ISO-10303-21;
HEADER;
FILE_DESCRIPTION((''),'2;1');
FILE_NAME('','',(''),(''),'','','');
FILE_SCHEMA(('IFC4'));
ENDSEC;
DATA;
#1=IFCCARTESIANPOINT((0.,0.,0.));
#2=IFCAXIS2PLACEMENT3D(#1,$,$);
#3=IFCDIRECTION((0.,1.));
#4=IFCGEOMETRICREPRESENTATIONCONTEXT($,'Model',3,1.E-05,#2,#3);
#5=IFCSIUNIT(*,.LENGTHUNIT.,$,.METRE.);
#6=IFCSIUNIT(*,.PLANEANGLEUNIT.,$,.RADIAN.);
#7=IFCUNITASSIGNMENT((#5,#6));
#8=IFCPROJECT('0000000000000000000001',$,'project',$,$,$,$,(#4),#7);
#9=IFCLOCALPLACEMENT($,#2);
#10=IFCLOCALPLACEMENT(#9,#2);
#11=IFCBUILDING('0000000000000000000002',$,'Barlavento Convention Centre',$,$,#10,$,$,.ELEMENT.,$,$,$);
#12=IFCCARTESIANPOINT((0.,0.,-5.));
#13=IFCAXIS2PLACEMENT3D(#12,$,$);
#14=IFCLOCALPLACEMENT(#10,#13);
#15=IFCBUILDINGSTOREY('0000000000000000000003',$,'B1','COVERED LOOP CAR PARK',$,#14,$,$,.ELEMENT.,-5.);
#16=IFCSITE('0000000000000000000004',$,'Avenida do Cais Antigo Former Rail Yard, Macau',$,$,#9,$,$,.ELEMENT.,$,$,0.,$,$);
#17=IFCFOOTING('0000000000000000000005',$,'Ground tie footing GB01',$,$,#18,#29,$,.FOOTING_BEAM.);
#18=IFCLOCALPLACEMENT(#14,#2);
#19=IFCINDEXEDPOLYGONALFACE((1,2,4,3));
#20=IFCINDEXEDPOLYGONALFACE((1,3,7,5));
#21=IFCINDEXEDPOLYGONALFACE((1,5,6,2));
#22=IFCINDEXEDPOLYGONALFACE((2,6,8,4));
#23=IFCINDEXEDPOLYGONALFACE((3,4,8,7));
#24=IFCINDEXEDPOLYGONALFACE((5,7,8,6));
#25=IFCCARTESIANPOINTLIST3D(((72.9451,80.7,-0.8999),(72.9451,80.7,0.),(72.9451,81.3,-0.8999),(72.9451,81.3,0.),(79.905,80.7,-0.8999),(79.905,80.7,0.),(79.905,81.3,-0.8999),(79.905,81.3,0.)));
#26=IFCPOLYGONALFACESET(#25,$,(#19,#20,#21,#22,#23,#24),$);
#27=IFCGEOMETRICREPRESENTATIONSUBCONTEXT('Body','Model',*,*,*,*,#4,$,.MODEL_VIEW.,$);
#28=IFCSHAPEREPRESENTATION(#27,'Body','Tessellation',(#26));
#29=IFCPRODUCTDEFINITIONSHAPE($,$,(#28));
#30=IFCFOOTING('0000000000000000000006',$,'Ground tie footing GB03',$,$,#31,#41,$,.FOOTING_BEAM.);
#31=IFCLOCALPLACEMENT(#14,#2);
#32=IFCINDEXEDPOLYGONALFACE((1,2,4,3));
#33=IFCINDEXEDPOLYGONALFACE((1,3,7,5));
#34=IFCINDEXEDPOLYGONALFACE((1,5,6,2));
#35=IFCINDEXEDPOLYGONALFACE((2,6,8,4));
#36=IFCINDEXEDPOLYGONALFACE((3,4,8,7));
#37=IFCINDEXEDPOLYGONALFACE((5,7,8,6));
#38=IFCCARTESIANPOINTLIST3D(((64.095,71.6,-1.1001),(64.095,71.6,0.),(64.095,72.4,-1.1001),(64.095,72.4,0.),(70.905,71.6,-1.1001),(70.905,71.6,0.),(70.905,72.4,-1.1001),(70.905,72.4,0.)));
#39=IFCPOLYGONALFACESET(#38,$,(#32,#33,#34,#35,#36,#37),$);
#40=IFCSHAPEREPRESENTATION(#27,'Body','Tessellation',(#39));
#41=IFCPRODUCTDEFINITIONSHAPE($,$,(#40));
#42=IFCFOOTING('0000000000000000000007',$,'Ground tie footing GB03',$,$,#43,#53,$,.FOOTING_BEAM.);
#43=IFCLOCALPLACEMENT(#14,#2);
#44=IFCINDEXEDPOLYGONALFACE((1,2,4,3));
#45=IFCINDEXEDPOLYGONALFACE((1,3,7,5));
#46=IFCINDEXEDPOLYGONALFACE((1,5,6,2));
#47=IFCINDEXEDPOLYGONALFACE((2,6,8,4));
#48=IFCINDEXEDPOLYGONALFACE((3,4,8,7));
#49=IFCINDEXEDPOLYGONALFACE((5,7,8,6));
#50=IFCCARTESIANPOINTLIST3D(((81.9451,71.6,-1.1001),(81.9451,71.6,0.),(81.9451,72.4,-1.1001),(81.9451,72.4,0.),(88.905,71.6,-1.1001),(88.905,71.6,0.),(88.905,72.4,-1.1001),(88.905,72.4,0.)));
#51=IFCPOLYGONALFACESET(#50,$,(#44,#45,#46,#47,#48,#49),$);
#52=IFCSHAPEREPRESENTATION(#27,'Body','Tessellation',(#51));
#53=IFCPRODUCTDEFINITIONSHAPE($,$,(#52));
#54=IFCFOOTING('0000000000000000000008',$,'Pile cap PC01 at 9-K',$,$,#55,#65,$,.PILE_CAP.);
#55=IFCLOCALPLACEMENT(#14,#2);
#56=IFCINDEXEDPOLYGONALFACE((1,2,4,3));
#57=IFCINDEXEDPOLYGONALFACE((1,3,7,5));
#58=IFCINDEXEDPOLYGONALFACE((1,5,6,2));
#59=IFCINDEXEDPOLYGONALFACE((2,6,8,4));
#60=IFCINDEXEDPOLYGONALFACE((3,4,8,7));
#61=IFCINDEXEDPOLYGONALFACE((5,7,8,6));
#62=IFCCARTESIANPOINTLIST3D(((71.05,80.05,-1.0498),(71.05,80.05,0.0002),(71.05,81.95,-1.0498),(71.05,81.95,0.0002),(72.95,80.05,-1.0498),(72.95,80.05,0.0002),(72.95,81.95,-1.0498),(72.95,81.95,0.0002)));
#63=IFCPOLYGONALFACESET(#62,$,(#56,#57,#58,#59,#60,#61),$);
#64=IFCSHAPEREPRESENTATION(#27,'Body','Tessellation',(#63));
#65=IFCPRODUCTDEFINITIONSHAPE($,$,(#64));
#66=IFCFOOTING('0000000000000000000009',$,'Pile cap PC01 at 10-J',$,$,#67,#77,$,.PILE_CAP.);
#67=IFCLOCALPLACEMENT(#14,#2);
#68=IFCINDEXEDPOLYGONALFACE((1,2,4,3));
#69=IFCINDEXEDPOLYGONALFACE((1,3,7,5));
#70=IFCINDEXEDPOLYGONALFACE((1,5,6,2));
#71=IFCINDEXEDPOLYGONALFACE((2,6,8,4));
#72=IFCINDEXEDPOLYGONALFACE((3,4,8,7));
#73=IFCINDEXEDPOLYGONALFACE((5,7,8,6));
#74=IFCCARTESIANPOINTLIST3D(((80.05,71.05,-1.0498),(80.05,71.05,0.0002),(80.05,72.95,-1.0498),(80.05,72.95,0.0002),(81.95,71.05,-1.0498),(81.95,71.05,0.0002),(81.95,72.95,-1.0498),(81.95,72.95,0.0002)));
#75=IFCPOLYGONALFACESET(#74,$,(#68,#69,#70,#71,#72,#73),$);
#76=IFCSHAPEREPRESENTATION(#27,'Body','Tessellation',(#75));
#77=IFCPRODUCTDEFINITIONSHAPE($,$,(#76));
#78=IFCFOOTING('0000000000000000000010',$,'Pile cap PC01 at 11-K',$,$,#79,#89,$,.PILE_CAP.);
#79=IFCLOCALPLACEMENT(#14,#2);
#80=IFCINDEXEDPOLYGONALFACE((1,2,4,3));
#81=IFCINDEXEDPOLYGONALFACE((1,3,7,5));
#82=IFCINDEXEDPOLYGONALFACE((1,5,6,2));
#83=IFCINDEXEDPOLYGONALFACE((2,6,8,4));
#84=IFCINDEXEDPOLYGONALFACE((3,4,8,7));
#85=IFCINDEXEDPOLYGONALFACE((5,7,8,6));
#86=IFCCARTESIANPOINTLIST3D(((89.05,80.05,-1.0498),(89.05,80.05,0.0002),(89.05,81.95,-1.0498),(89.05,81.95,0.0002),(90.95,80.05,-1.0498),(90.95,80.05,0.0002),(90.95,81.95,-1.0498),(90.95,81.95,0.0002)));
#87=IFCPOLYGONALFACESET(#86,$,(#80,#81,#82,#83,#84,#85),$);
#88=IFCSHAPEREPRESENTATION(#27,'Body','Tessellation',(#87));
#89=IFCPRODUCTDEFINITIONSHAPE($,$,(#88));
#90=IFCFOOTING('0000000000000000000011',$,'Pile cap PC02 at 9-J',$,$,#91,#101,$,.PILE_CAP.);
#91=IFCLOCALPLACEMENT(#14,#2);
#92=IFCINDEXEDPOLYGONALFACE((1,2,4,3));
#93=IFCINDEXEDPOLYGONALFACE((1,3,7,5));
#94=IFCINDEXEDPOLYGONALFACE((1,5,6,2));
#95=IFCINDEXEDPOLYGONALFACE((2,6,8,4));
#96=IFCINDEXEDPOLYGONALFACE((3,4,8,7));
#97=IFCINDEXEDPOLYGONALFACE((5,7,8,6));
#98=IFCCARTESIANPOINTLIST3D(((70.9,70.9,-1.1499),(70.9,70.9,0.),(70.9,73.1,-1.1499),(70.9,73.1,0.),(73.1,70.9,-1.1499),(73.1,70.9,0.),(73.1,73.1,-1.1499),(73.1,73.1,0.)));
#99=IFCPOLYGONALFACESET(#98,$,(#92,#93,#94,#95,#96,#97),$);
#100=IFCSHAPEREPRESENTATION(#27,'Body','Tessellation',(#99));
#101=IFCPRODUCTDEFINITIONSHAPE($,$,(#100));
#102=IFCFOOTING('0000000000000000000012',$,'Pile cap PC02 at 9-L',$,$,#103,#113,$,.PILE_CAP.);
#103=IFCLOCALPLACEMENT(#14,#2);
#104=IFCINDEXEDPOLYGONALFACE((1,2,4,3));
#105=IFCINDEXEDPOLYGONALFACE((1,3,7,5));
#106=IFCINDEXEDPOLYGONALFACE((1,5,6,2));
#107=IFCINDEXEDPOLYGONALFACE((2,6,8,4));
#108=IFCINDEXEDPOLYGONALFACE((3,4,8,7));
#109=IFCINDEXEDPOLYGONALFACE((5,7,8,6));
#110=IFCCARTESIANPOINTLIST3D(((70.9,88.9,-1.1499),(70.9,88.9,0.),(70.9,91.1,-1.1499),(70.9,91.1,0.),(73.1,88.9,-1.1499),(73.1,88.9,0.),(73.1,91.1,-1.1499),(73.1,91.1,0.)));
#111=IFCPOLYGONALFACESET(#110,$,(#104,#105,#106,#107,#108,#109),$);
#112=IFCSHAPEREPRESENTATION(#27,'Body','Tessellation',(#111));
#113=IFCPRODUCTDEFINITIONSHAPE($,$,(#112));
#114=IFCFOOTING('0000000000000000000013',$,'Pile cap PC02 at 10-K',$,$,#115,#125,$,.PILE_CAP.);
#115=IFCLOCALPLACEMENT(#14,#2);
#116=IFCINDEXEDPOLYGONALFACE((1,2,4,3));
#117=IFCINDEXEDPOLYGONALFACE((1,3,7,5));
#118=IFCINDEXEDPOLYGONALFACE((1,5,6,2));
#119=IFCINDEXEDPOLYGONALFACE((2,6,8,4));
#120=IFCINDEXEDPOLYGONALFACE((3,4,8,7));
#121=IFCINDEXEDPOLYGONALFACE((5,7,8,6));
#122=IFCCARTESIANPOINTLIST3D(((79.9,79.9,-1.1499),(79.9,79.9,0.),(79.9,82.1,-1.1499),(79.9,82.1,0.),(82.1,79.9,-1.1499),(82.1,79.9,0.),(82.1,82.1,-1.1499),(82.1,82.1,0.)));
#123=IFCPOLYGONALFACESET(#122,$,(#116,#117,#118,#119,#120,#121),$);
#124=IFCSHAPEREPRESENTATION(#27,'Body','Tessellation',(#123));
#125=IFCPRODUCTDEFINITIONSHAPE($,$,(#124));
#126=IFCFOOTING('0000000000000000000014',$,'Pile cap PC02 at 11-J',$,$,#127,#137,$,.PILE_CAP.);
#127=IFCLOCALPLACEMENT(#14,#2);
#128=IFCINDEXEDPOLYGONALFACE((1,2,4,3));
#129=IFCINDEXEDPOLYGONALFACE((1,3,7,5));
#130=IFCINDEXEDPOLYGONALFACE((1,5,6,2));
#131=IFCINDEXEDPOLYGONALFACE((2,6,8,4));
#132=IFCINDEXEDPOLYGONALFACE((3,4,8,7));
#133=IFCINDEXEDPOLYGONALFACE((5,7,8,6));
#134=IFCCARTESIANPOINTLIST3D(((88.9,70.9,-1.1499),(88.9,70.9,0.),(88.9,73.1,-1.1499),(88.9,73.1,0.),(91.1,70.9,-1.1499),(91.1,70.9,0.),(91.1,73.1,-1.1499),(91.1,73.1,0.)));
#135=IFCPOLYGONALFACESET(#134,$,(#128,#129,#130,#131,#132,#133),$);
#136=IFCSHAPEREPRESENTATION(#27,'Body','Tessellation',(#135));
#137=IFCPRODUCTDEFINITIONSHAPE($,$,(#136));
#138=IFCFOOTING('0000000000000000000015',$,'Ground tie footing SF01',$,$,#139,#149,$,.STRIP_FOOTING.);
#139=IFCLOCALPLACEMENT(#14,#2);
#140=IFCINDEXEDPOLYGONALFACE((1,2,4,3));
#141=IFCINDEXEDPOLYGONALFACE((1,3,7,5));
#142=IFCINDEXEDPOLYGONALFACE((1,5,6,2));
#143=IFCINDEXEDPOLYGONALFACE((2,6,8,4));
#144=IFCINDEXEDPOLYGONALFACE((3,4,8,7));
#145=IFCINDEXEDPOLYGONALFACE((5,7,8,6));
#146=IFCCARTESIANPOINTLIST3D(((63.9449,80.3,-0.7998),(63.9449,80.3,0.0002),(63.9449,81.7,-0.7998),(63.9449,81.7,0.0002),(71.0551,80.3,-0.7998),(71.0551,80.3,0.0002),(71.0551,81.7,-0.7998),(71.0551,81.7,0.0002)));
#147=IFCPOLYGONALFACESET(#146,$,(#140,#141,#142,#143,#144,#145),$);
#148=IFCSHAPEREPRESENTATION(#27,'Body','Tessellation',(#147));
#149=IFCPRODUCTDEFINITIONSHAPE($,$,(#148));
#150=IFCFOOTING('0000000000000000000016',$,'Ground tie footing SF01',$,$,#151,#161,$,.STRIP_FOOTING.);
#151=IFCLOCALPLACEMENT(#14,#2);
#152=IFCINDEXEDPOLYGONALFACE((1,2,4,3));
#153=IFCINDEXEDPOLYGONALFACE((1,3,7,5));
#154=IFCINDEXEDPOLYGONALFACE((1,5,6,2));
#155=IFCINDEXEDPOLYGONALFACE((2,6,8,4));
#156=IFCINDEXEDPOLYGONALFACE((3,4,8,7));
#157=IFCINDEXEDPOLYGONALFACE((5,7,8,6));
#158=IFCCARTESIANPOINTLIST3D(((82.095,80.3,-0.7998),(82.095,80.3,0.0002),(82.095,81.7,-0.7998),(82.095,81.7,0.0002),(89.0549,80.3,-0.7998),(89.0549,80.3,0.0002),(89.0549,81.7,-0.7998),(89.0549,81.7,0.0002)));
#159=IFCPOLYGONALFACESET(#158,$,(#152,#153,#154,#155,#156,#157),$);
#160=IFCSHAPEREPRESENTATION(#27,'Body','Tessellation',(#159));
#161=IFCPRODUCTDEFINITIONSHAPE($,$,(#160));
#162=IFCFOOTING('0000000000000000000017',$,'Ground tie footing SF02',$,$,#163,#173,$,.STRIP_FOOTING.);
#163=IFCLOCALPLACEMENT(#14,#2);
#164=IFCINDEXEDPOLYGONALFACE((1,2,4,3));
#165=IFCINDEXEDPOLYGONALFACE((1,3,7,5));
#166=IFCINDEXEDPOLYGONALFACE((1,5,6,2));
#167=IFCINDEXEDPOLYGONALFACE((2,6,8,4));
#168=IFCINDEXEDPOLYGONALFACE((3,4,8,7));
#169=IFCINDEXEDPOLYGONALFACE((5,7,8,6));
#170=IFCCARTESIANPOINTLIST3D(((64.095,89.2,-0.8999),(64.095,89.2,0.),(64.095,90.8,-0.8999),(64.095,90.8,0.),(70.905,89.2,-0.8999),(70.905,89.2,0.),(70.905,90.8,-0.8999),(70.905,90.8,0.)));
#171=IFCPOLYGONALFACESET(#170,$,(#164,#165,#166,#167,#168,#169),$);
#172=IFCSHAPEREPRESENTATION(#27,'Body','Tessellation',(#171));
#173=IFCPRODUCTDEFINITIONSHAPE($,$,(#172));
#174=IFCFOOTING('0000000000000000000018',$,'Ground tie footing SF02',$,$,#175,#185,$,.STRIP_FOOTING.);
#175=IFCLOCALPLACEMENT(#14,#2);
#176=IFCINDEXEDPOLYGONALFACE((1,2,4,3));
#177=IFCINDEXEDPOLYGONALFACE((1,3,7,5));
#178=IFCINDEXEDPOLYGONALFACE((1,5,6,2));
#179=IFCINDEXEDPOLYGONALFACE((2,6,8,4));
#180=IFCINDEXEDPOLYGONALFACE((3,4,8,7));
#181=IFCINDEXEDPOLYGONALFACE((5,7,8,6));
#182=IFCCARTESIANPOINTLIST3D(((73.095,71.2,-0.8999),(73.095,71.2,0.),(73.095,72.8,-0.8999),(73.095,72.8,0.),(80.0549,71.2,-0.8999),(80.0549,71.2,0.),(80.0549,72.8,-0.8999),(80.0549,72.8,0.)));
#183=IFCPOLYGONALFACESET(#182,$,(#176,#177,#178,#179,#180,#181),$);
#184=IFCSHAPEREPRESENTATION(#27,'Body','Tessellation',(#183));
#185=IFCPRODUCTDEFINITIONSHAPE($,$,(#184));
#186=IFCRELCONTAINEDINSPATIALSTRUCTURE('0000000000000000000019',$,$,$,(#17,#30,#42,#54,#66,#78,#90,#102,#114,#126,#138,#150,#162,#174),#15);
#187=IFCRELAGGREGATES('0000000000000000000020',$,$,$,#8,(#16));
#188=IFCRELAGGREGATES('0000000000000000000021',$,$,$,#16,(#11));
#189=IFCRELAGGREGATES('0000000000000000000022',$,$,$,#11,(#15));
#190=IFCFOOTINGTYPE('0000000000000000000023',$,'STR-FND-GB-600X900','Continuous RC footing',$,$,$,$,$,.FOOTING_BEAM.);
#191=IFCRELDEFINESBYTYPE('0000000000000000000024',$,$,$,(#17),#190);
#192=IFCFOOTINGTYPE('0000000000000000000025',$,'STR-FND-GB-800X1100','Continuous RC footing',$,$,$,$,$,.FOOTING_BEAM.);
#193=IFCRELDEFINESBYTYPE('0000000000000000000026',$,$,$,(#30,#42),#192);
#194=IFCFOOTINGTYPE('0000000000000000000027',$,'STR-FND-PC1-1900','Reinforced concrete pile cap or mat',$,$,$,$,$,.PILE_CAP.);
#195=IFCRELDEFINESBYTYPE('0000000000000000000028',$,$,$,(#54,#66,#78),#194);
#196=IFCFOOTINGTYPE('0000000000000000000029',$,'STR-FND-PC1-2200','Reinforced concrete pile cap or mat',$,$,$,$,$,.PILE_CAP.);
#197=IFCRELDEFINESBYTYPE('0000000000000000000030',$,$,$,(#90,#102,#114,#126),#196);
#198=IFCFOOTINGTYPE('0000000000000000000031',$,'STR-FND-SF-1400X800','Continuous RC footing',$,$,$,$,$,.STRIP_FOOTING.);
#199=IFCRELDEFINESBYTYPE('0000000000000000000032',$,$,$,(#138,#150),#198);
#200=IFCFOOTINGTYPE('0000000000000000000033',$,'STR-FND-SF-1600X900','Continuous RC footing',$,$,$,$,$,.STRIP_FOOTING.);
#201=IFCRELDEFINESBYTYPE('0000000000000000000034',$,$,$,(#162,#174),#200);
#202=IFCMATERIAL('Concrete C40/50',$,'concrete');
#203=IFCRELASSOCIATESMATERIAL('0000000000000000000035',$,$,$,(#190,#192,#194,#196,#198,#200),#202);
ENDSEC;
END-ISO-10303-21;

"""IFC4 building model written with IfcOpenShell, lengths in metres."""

from ifc_helpers import new_model, si_unit, direction, frame, origin, origin_2d, place, context, subcontext, project, spatial, rectangle, extrude, material, type_object, element, save


model = new_model("IFC4")

# Units and contexts
model_context = context("Model", 3, precision=1e-05, world=origin(), true_north=direction((0.0, 1.0)))
body_context = subcontext(model_context, "Body", "Model", "MODEL_VIEW")
ifc_project = project(units=[si_unit("LENGTHUNIT", "METRE"), si_unit("PLANEANGLEUNIT", "RADIAN")], contexts=[model_context])

# Site, building, storey
site_placement = place(None, origin())
site = spatial("IfcSite", under=ifc_project, at=site_placement, Name="Avenida do Cais Antigo Former Rail Yard, Macau", CompositionType="ELEMENT", RefElevation=0.0)
building_placement = place(site_placement, origin())
building = spatial("IfcBuilding", under=site, at=building_placement, Name="Barlavento Convention Centre", CompositionType="ELEMENT")
storey_placement = place(building_placement, frame((0.0, 0.0, -5.0)))
storey = spatial("IfcBuildingStorey", under=building, at=storey_placement, Name="B1", Description="COVERED LOOP CAR PARK", CompositionType="ELEMENT", Elevation=-5.0)

# Footings
ifc_material_1 = material(Name="Concrete C40/50", Category="concrete")
footing_type_1 = type_object("IfcFootingType", Name="STR-FND-GB-600X900", Description="Continuous RC footing", PredefinedType="FOOTING_BEAM", material=ifc_material_1)
footing_1_placement = place(storey_placement, frame((76.425, 81.0, -0.8999), z_axis=(0.0, 0.0, 1.0), x_axis=(1.0, 0.0, 0.0)))
element("IfcFooting", 1, at=footing_1_placement, inside=storey, type_object=footing_type_1, Name="Ground tie footing GB01", PredefinedType="FOOTING_BEAM", context=body_context, shape_type="SweptSolid", body=[
    extrude(rectangle(XDim=6.96, YDim=0.6001, at=origin_2d()), origin(), (0.0, 0.0, 1.0), 0.8999),
])
footing_type_2 = type_object("IfcFootingType", Name="STR-FND-GB-800X1100", Description="Continuous RC footing", PredefinedType="FOOTING_BEAM", material=ifc_material_1)
footing_2_placement = place(storey_placement, frame((67.5, 72.0, -1.1001), z_axis=(0.0, 0.0, 1.0), x_axis=(1.0, 0.0, 0.0)))
element("IfcFooting", 2, at=footing_2_placement, inside=storey, type_object=footing_type_2, Name="Ground tie footing GB03", PredefinedType="FOOTING_BEAM", context=body_context, shape_type="SweptSolid", body=[
    extrude(rectangle(XDim=6.8101, YDim=0.8, at=origin_2d()), origin(), (0.0, 0.0, 1.0), 1.1001),
])
footing_3_placement = place(storey_placement, frame((85.425, 72.0, -1.1001), z_axis=(0.0, 0.0, 1.0), x_axis=(1.0, 0.0, 0.0)))
element("IfcFooting", 3, at=footing_3_placement, inside=storey, type_object=footing_type_2, Name="Ground tie footing GB03", PredefinedType="FOOTING_BEAM", context=body_context, shape_type="SweptSolid", body=[
    extrude(rectangle(XDim=6.96, YDim=0.8, at=origin_2d()), origin(), (0.0, 0.0, 1.0), 1.1001),
])
footing_type_3 = type_object("IfcFootingType", Name="STR-FND-PC1-1900", Description="Reinforced concrete pile cap or mat", PredefinedType="PILE_CAP", material=ifc_material_1)
for number, where, z_axis, x_axis, name in (
    (4, (72.0, 81.0, -1.0498), (0.0, 0.0, 1.0), (1.0, 0.0, 0.0), "Pile cap PC01 at 9-K"),
    (5, (81.0, 72.0, -1.0498), (0.0, 0.0, 1.0), (1.0, 0.0, 0.0), "Pile cap PC01 at 10-J"),
    (6, (90.0, 81.0, -1.0498), (0.0, 0.0, 1.0), (1.0, 0.0, 0.0), "Pile cap PC01 at 11-K"),
):
    element("IfcFooting", number, at=place(storey_placement, frame(where, z_axis=z_axis, x_axis=x_axis)), inside=storey, type_object=footing_type_3, Name=name, PredefinedType="PILE_CAP", context=body_context, shape_type="SweptSolid", body=[
        extrude(rectangle(XDim=1.8999, YDim=1.8999, at=origin_2d()), origin(), (0.0, 0.0, 1.0), 1.05),
    ])
footing_type_4 = type_object("IfcFootingType", Name="STR-FND-PC1-2200", Description="Reinforced concrete pile cap or mat", PredefinedType="PILE_CAP", material=ifc_material_1)
for number, where, z_axis, x_axis, name in (
    (7, (72.0, 72.0, -1.1499), (0.0, 0.0, 1.0), (1.0, 0.0, 0.0), "Pile cap PC02 at 9-J"),
    (8, (72.0, 90.0, -1.1499), (0.0, 0.0, 1.0), (1.0, 0.0, 0.0), "Pile cap PC02 at 9-L"),
    (9, (81.0, 81.0, -1.1499), (0.0, 0.0, 1.0), (1.0, 0.0, 0.0), "Pile cap PC02 at 10-K"),
    (10, (90.0, 72.0, -1.1499), (0.0, 0.0, 1.0), (1.0, 0.0, 0.0), "Pile cap PC02 at 11-J"),
):
    element("IfcFooting", number, at=place(storey_placement, frame(where, z_axis=z_axis, x_axis=x_axis)), inside=storey, type_object=footing_type_4, Name=name, PredefinedType="PILE_CAP", context=body_context, shape_type="SweptSolid", body=[
        extrude(rectangle(XDim=2.2, YDim=2.2, at=origin_2d()), origin(), (0.0, 0.0, 1.0), 1.1499),
    ])
footing_type_5 = type_object("IfcFootingType", Name="STR-FND-SF-1400X800", Description="Continuous RC footing", PredefinedType="STRIP_FOOTING", material=ifc_material_1)
footing_4_placement = place(storey_placement, frame((67.5, 81.0, -0.7998), z_axis=(0.0, 0.0, 1.0), x_axis=(1.0, 0.0, 0.0)))
element("IfcFooting", 11, at=footing_4_placement, inside=storey, type_object=footing_type_5, Name="Ground tie footing SF01", PredefinedType="STRIP_FOOTING", context=body_context, shape_type="SweptSolid", body=[
    extrude(rectangle(XDim=7.1101, YDim=1.3999, at=origin_2d()), origin(), (0.0, 0.0, 1.0), 0.8),
])
footing_5_placement = place(storey_placement, frame((85.575, 81.0, -0.7998), z_axis=(0.0, 0.0, 1.0), x_axis=(1.0, 0.0, 0.0)))
element("IfcFooting", 12, at=footing_5_placement, inside=storey, type_object=footing_type_5, Name="Ground tie footing SF01", PredefinedType="STRIP_FOOTING", context=body_context, shape_type="SweptSolid", body=[
    extrude(rectangle(XDim=6.96, YDim=1.3999, at=origin_2d()), origin(), (0.0, 0.0, 1.0), 0.8),
])
footing_type_6 = type_object("IfcFootingType", Name="STR-FND-SF-1600X900", Description="Continuous RC footing", PredefinedType="STRIP_FOOTING", material=ifc_material_1)
footing_6_placement = place(storey_placement, frame((67.5, 90.0, -0.8999), z_axis=(0.0, 0.0, 1.0), x_axis=(1.0, 0.0, 0.0)))
element("IfcFooting", 13, at=footing_6_placement, inside=storey, type_object=footing_type_6, Name="Ground tie footing SF02", PredefinedType="STRIP_FOOTING", context=body_context, shape_type="SweptSolid", body=[
    extrude(rectangle(XDim=6.8101, YDim=1.6001, at=origin_2d()), origin(), (0.0, 0.0, 1.0), 0.8999),
])
footing_7_placement = place(storey_placement, frame((76.575, 72.0, -0.8999), z_axis=(0.0, 0.0, 1.0), x_axis=(1.0, 0.0, 0.0)))
element("IfcFooting", 14, at=footing_7_placement, inside=storey, type_object=footing_type_6, Name="Ground tie footing SF02", PredefinedType="STRIP_FOOTING", context=body_context, shape_type="SweptSolid", body=[
    extrude(rectangle(XDim=6.96, YDim=1.6001, at=origin_2d()), origin(), (0.0, 0.0, 1.0), 0.8999),
])

save(model, "model.ifc")
